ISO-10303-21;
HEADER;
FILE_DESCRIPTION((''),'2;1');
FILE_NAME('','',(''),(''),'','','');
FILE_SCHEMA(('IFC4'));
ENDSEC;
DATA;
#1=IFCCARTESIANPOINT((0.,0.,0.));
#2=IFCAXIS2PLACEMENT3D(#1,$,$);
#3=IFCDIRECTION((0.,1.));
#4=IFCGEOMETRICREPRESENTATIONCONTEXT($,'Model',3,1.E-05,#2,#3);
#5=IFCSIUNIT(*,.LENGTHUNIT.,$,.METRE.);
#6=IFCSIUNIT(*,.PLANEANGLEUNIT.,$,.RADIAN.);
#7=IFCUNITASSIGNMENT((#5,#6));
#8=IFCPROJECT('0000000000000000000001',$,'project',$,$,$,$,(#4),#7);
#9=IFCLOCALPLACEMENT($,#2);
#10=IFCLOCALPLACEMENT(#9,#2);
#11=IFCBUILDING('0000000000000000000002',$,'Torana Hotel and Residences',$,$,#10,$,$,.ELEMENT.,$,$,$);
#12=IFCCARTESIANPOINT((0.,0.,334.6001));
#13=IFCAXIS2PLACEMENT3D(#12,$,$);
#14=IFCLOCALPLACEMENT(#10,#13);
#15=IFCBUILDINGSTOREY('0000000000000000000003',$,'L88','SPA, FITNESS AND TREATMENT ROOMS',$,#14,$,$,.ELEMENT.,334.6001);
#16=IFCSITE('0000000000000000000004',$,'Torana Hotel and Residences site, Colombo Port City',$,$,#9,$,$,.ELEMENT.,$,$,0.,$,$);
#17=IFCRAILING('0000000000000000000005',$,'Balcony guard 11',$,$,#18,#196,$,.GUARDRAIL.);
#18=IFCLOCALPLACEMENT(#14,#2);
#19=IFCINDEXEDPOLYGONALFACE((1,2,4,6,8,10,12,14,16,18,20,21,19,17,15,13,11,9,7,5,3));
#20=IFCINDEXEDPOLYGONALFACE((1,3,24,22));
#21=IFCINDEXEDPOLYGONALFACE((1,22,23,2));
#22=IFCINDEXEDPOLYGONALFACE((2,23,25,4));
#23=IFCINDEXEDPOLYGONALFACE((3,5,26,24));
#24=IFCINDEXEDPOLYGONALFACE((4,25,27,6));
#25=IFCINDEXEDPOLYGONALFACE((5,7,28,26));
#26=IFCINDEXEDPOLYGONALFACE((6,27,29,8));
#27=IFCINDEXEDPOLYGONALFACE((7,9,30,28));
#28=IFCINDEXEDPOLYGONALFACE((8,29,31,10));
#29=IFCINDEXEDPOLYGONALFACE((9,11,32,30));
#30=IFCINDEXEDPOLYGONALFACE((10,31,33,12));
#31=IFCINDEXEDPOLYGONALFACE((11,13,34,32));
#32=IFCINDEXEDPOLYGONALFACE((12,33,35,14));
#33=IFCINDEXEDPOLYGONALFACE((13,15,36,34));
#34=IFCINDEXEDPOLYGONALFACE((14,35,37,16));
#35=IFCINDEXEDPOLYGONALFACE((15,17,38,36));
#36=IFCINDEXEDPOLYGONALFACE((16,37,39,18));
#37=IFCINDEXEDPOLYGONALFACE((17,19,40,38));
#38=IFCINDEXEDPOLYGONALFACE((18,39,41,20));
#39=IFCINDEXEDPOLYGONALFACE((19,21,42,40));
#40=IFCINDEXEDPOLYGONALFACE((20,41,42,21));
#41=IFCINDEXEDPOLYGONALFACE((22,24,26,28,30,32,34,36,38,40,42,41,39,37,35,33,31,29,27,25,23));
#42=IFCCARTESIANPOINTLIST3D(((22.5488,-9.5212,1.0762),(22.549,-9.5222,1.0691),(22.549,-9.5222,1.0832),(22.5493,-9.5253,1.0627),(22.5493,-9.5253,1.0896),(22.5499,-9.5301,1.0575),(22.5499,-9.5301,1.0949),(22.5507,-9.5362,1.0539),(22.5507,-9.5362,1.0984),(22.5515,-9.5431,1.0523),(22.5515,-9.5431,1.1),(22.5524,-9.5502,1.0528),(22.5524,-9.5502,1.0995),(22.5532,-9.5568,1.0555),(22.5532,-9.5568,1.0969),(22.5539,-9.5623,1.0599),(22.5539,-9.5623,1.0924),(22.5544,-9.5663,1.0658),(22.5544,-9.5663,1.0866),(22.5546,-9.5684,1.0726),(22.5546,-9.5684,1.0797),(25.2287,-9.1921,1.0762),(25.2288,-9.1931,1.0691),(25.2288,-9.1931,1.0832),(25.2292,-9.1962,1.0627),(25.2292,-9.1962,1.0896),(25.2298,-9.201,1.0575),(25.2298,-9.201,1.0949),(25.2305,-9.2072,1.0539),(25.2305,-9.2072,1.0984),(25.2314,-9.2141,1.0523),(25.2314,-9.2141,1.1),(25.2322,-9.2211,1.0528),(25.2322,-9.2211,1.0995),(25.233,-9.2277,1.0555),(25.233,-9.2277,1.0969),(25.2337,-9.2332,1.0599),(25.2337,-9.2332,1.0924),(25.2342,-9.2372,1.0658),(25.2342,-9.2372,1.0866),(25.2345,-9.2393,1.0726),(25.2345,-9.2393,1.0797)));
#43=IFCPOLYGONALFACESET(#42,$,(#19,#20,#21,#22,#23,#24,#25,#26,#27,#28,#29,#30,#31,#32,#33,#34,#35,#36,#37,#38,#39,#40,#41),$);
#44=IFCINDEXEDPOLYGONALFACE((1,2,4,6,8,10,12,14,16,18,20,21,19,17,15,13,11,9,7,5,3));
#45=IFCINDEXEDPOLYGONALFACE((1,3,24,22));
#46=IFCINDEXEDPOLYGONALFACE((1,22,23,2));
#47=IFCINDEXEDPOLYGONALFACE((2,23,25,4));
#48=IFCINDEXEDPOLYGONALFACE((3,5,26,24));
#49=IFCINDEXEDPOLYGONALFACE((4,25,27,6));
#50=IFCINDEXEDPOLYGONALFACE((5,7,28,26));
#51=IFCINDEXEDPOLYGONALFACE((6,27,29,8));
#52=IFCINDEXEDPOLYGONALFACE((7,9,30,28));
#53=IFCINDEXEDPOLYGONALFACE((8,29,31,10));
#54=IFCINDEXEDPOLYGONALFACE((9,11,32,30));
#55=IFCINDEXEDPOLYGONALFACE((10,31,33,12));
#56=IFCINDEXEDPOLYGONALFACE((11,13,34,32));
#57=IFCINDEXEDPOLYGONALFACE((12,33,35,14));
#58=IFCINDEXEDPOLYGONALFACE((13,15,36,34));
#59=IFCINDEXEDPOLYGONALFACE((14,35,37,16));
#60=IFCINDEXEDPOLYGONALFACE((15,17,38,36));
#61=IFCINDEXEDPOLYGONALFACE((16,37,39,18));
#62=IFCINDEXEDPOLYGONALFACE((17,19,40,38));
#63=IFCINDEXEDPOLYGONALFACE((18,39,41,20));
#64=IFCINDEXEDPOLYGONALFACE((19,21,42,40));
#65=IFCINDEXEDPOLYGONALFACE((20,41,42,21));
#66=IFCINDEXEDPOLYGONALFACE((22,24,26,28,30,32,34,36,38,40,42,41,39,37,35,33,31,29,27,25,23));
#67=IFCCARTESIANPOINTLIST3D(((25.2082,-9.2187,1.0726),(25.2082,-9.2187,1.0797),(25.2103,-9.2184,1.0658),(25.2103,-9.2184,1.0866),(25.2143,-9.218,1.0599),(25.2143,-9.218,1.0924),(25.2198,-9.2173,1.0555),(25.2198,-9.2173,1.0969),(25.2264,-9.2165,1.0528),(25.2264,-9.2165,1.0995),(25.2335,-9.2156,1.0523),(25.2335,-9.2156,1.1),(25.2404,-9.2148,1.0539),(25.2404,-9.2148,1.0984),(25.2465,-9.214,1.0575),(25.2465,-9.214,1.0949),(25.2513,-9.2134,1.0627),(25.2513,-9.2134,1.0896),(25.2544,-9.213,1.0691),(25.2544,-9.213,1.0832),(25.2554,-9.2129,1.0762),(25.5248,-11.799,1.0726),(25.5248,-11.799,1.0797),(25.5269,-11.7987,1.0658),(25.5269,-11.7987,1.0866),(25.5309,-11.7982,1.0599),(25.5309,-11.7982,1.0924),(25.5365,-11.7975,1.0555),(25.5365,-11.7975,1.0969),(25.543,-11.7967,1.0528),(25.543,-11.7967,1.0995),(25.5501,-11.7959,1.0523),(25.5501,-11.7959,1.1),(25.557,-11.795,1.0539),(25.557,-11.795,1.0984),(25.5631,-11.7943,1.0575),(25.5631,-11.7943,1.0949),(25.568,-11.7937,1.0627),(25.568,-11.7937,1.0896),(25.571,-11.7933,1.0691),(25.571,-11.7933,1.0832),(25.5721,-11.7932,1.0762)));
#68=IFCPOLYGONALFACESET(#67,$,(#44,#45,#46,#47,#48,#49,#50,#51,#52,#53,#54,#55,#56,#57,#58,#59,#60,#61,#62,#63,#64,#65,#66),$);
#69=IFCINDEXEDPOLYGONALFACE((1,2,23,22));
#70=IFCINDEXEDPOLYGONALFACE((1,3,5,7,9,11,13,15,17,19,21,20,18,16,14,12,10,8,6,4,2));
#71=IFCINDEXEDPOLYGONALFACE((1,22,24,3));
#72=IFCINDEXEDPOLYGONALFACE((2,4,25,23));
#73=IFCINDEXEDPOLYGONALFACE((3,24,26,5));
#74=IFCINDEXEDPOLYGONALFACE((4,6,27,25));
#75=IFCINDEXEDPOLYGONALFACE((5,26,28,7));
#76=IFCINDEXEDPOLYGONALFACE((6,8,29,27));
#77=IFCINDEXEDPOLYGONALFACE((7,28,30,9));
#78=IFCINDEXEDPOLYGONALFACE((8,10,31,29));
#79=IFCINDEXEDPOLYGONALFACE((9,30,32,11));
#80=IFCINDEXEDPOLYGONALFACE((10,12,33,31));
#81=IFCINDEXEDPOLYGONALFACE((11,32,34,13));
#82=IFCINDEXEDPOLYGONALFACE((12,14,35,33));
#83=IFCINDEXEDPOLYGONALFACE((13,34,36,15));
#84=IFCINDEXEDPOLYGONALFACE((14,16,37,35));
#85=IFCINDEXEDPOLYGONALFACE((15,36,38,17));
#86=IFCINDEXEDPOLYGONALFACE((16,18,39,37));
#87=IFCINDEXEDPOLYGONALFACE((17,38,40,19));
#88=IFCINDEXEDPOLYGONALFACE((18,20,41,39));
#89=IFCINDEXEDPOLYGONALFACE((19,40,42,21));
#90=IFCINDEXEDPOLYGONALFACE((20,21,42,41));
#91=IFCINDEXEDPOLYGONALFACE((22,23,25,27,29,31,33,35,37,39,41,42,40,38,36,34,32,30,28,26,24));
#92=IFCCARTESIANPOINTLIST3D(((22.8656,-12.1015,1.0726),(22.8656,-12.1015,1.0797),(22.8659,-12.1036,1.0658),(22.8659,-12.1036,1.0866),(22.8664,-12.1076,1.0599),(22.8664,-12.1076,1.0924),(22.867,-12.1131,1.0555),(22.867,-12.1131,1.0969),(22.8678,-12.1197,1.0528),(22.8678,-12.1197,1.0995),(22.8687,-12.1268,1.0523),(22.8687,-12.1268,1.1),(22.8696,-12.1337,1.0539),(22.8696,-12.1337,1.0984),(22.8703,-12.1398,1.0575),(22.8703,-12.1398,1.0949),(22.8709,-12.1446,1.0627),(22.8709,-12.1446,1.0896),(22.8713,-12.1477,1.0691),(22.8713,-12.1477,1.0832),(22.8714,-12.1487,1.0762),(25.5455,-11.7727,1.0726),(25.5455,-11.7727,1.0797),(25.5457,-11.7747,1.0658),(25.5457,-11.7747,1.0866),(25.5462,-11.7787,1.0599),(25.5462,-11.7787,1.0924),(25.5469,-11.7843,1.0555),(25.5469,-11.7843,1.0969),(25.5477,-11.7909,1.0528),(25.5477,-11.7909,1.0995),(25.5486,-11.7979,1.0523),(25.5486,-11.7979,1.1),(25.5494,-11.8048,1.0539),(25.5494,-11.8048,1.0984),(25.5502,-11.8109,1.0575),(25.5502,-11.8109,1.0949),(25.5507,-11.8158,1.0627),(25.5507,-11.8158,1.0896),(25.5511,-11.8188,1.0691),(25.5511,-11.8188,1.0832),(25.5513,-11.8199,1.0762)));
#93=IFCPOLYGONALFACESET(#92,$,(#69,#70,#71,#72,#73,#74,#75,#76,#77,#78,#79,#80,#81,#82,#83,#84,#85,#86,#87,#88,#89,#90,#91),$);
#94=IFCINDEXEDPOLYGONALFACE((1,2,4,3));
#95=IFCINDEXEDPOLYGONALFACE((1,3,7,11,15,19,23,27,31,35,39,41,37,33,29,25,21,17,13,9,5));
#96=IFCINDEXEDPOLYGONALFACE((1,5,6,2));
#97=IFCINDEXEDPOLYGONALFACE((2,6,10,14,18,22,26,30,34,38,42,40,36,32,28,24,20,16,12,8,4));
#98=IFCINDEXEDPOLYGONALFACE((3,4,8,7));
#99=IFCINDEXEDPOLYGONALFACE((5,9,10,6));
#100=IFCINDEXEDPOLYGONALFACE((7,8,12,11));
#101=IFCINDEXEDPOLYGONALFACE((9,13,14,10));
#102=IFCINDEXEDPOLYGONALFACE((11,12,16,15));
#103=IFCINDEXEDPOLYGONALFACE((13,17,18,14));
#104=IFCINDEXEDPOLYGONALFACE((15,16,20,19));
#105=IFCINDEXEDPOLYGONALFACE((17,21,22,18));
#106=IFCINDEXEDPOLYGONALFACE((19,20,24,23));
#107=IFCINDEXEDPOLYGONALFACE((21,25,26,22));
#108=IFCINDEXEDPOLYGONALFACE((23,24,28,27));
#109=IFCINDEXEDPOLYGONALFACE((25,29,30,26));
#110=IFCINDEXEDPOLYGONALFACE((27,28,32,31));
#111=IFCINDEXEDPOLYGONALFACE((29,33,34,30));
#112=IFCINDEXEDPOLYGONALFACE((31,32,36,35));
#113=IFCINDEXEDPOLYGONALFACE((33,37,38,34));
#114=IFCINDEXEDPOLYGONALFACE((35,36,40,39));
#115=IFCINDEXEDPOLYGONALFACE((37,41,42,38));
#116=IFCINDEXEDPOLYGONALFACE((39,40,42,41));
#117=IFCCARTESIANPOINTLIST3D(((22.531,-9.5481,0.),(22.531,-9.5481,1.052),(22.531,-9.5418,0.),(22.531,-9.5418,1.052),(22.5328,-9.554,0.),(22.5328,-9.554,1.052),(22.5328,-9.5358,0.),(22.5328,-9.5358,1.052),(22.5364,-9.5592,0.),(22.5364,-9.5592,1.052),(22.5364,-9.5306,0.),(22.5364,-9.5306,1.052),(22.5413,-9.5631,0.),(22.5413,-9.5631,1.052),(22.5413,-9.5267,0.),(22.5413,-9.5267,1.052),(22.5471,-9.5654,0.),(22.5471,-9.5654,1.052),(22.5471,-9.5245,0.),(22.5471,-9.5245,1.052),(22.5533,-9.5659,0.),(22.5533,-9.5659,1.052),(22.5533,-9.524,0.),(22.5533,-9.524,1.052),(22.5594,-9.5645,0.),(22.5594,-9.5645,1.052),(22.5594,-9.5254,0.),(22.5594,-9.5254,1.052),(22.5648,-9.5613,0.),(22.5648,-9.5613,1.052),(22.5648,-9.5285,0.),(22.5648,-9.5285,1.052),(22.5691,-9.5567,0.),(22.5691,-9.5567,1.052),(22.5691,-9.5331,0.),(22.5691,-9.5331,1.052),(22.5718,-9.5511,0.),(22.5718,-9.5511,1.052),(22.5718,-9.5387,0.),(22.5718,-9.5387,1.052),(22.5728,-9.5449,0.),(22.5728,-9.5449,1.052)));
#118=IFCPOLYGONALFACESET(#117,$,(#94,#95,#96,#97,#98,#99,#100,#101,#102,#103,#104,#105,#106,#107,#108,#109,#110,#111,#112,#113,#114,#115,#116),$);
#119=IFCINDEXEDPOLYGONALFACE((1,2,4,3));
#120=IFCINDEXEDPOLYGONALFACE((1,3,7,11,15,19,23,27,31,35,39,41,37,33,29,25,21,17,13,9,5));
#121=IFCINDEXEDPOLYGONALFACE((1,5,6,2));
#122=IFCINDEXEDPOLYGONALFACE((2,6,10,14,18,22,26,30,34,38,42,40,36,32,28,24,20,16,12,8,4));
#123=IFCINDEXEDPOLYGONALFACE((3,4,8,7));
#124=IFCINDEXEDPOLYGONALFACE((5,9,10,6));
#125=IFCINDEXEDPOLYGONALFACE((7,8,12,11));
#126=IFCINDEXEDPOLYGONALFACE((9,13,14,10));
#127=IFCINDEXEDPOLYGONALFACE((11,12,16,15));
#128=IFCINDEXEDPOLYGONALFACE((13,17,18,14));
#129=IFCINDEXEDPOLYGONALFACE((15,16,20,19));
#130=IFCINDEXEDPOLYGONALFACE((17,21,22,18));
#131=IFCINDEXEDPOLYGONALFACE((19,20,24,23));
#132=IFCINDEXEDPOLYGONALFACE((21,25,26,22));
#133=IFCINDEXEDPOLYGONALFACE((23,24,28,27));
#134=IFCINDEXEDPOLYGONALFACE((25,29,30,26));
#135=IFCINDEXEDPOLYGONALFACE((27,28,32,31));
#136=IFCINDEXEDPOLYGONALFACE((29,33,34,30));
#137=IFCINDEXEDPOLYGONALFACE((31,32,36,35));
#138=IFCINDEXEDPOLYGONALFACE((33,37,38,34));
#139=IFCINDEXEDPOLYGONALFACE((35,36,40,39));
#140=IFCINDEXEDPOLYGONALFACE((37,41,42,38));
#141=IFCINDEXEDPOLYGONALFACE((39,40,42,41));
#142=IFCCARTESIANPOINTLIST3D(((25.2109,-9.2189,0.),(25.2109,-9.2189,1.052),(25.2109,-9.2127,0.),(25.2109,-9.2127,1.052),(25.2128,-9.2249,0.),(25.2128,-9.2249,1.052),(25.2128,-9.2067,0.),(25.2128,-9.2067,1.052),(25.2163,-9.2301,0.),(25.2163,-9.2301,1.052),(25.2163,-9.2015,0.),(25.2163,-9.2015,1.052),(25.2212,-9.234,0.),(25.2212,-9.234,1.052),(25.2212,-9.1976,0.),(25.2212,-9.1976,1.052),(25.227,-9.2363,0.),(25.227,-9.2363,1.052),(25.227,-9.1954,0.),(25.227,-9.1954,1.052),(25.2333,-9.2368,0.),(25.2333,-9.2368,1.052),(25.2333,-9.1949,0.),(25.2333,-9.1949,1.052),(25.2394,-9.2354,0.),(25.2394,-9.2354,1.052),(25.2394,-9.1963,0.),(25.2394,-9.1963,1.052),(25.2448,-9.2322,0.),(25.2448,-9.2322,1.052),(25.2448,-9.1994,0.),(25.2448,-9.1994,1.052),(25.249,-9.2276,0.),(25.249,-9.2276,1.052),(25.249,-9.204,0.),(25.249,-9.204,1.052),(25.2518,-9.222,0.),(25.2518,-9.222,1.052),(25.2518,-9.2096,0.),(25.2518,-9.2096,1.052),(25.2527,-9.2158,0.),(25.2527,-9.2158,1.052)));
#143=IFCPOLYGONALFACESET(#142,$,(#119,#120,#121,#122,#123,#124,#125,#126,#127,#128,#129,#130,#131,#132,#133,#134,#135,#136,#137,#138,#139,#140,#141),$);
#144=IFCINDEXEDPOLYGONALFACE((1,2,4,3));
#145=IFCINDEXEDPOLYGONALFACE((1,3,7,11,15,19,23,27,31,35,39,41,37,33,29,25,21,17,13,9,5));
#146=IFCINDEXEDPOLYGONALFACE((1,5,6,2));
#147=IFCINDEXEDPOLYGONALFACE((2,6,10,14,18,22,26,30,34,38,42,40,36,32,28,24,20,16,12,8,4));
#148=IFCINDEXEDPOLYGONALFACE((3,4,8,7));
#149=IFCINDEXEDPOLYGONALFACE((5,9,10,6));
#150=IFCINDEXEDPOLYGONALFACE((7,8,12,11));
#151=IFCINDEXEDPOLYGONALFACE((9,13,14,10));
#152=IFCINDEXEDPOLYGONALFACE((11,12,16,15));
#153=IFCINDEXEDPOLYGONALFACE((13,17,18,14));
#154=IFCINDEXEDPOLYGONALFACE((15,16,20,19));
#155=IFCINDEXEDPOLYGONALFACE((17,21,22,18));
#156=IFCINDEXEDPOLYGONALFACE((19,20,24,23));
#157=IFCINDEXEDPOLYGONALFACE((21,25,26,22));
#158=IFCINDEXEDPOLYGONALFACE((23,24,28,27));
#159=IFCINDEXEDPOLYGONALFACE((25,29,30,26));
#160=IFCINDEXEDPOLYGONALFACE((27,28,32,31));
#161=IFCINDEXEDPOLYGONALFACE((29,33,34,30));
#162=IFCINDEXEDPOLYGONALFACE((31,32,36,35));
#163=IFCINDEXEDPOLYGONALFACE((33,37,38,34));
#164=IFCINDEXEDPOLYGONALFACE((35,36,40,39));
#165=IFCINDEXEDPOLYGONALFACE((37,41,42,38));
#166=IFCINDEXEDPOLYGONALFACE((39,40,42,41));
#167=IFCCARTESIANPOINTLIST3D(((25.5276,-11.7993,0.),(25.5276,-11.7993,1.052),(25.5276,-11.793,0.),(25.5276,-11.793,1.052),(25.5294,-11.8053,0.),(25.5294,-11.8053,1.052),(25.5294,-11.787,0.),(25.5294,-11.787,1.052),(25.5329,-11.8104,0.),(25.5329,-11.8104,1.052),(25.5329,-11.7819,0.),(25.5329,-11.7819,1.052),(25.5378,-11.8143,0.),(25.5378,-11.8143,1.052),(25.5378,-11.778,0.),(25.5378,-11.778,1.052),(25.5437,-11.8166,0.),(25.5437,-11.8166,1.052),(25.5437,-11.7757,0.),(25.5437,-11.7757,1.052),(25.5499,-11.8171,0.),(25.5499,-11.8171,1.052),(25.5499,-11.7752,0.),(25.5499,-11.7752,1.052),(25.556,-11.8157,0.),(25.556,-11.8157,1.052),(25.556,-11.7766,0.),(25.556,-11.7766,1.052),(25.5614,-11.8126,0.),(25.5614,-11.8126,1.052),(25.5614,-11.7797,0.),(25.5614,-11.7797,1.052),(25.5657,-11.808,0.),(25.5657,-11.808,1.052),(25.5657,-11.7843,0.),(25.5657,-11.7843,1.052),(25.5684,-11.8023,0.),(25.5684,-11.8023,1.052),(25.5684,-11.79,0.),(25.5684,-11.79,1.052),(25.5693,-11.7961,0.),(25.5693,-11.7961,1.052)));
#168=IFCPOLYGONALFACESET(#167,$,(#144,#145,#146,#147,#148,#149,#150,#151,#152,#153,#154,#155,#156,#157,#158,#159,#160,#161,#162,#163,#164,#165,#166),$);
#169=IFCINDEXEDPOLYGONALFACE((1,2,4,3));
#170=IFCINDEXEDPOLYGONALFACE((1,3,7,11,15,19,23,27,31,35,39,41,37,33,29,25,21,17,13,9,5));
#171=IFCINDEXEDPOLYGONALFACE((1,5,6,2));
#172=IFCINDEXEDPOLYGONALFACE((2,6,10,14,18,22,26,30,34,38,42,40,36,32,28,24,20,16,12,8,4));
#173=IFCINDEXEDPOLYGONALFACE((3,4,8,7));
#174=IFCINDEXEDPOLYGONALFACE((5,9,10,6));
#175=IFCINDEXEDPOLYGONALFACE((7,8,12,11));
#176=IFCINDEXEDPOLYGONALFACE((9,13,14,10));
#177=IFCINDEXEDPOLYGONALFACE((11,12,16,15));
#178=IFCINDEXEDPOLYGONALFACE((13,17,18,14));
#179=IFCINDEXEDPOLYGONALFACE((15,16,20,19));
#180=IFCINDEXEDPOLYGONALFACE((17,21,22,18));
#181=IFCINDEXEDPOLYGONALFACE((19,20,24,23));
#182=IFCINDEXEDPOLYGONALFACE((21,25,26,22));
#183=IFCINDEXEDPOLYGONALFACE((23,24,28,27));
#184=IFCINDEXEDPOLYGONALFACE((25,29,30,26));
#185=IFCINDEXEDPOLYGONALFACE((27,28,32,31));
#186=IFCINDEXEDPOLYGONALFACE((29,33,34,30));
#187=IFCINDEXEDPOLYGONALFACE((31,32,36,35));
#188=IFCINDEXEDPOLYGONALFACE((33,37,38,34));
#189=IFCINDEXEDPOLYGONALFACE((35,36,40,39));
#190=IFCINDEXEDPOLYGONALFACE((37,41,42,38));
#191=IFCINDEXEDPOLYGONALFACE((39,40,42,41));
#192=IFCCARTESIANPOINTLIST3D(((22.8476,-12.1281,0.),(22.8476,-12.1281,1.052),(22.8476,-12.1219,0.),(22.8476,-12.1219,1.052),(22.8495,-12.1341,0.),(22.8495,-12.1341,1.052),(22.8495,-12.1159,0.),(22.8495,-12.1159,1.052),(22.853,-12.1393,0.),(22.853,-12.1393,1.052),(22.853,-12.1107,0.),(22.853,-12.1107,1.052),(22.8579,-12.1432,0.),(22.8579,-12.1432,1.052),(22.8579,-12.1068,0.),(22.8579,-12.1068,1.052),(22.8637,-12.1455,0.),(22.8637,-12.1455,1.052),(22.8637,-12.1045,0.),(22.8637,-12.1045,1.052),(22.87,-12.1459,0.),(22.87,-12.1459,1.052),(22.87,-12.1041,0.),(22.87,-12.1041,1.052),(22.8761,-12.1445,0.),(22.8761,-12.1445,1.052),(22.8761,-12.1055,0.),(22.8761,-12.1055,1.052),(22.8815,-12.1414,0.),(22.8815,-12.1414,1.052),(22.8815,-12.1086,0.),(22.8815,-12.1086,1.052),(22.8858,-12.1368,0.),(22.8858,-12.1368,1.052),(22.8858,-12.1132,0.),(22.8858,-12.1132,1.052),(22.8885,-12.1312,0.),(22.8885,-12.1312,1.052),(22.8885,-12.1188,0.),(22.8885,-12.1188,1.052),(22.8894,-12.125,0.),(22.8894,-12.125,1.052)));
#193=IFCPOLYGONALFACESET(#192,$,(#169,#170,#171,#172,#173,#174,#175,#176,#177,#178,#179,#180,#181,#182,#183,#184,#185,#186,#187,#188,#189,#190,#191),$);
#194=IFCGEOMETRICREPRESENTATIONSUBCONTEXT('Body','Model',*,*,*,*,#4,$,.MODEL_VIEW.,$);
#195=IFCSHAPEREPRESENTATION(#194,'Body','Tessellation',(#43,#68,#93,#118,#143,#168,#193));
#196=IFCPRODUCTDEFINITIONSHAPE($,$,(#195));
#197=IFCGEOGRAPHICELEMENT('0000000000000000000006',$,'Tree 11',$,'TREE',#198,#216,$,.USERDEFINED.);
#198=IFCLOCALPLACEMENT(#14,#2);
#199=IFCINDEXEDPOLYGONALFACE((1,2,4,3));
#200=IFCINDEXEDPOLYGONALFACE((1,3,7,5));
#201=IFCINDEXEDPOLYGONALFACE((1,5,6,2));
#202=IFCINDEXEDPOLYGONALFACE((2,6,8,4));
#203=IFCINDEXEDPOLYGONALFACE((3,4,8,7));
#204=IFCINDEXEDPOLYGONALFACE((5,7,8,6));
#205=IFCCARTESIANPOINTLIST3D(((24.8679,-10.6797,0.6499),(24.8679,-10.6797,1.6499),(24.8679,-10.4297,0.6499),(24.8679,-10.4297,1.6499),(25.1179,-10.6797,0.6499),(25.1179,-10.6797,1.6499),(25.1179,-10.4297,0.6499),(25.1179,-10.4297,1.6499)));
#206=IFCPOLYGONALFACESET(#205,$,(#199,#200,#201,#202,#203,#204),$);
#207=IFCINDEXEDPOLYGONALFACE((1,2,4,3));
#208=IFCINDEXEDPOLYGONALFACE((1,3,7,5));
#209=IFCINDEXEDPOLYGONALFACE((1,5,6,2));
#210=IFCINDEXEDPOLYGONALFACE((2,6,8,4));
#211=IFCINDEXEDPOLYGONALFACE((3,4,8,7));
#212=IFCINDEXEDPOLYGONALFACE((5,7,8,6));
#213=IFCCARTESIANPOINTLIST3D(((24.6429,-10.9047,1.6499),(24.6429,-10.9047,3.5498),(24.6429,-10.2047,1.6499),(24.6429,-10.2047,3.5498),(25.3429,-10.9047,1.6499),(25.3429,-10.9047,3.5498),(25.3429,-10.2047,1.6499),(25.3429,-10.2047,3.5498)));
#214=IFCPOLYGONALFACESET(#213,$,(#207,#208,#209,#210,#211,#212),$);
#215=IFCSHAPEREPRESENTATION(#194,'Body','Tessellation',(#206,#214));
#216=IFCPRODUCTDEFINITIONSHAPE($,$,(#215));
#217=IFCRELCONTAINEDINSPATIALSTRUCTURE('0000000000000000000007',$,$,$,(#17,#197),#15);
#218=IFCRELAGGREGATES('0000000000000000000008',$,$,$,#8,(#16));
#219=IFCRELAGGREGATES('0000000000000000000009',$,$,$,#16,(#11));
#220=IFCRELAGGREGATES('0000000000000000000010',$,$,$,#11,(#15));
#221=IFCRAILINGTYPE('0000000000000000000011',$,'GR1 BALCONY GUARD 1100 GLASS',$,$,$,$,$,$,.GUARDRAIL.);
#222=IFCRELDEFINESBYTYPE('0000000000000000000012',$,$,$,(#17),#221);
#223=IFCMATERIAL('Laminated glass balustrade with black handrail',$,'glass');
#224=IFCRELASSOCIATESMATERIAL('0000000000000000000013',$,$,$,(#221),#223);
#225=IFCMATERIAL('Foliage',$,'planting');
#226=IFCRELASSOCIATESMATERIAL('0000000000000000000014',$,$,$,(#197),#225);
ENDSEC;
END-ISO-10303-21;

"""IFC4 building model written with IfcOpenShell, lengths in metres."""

from ifc_helpers import new_model, si_unit, direction, frame, origin, origin_2d, place, context, subcontext, project, spatial, rectangle, circle, extrude, material, type_object, element, save


model = new_model("IFC4")

# Units and contexts
model_context = context("Model", 3, precision=1e-05, world=origin(), true_north=direction((0.0, 1.0)))
body_context = subcontext(model_context, "Body", "Model", "MODEL_VIEW")
ifc_project = project(units=[si_unit("LENGTHUNIT", "METRE"), si_unit("PLANEANGLEUNIT", "RADIAN")], contexts=[model_context])

# Site, building, storey
site_placement = place(None, origin())
site = spatial("IfcSite", under=ifc_project, at=site_placement, Name="Torana Hotel and Residences site, Colombo Port City", CompositionType="ELEMENT", RefElevation=0.0)
building_placement = place(site_placement, origin())
building = spatial("IfcBuilding", under=site, at=building_placement, Name="Torana Hotel and Residences", CompositionType="ELEMENT")
storey_placement = place(building_placement, frame((0.0, 0.0, 334.6001)))
storey = spatial("IfcBuildingStorey", under=building, at=storey_placement, Name="L88", Description="SPA, FITNESS AND TREATMENT ROOMS", CompositionType="ELEMENT", Elevation=334.6001)

# Railing
ifc_material_1 = material(Name="Laminated glass balustrade with black handrail", Category="glass")
railing_type = type_object("IfcRailingType", Name="GR1 BALCONY GUARD 1100 GLASS", PredefinedType="GUARDRAIL", material=ifc_material_1)
railing_1_placement = place(storey_placement, frame((22.5518, -9.5449, 0.0)))
element("IfcRailing", 1, at=railing_1_placement, inside=storey, type_object=railing_type, Name="Balcony guard 11", PredefinedType="GUARDRAIL", context=body_context, shape_type="SweptSolid", body=[
    extrude(circle(Radius=0.0239, at=origin_2d()), frame((0.0, 0.0, 1.0762), z_axis=(0.992544, 0.121887, 0.0), x_axis=(-0.121887, 0.992544, 0.0)), (0.0, 0.0, 1.0), 2.7),
    extrude(circle(Radius=0.0239, at=origin_2d()), frame((2.6799, 0.3291, 1.0762), z_axis=(0.121804, -0.992554, 0.0), x_axis=(0.992554, 0.121804, 0.0)), (0.0, 0.0, 1.0), 2.5996),
    extrude(circle(Radius=0.0239, at=origin_2d()), frame((2.9966, -2.2512, 1.0762), z_axis=(-0.992555, -0.121798, 0.0), x_axis=(0.121798, -0.992555, 0.0)), (0.0, 0.0, 1.0), 2.7),
    extrude(circle(Radius=0.021, at=origin_2d()), origin(), (0.0, 0.0, 1.0), 1.052),
    extrude(circle(Radius=0.021, at=origin_2d()), frame((2.6799, 0.3291, 0.0)), (0.0, 0.0, 1.0), 1.052),
    extrude(circle(Radius=0.021, at=origin_2d()), frame((2.9966, -2.2512, 0.0)), (0.0, 0.0, 1.0), 1.052),
    extrude(circle(Radius=0.021, at=origin_2d()), frame((0.3167, -2.5801, 0.0)), (0.0, 0.0, 1.0), 1.052),
])

# Geographic element
ifc_material_2 = material(Name="Foliage", Category="planting")
for number, where, z_axis, x_axis, name in (
    (2, (24.9929, -10.5547, 0.6499), (0.0, 0.0, 1.0), (1.0, 0.0, 0.0), "Tree 11"),
):
    element("IfcGeographicElement", number, at=place(storey_placement, frame(where, z_axis=z_axis, x_axis=x_axis)), inside=storey, material=ifc_material_2, Name=name, ObjectType="TREE", PredefinedType="USERDEFINED", context=body_context, shape_type="SweptSolid", body=[
        extrude(rectangle(XDim=0.25, YDim=0.25, at=origin_2d()), origin(), (0.0, 0.0, 1.0), 1.0),
        extrude(rectangle(XDim=0.7, YDim=0.7, at=origin_2d()), frame((0.0, 0.0, 1.0)), (0.0, 0.0, 1.0), 1.8999),
    ])

save(model, "model.ifc")
